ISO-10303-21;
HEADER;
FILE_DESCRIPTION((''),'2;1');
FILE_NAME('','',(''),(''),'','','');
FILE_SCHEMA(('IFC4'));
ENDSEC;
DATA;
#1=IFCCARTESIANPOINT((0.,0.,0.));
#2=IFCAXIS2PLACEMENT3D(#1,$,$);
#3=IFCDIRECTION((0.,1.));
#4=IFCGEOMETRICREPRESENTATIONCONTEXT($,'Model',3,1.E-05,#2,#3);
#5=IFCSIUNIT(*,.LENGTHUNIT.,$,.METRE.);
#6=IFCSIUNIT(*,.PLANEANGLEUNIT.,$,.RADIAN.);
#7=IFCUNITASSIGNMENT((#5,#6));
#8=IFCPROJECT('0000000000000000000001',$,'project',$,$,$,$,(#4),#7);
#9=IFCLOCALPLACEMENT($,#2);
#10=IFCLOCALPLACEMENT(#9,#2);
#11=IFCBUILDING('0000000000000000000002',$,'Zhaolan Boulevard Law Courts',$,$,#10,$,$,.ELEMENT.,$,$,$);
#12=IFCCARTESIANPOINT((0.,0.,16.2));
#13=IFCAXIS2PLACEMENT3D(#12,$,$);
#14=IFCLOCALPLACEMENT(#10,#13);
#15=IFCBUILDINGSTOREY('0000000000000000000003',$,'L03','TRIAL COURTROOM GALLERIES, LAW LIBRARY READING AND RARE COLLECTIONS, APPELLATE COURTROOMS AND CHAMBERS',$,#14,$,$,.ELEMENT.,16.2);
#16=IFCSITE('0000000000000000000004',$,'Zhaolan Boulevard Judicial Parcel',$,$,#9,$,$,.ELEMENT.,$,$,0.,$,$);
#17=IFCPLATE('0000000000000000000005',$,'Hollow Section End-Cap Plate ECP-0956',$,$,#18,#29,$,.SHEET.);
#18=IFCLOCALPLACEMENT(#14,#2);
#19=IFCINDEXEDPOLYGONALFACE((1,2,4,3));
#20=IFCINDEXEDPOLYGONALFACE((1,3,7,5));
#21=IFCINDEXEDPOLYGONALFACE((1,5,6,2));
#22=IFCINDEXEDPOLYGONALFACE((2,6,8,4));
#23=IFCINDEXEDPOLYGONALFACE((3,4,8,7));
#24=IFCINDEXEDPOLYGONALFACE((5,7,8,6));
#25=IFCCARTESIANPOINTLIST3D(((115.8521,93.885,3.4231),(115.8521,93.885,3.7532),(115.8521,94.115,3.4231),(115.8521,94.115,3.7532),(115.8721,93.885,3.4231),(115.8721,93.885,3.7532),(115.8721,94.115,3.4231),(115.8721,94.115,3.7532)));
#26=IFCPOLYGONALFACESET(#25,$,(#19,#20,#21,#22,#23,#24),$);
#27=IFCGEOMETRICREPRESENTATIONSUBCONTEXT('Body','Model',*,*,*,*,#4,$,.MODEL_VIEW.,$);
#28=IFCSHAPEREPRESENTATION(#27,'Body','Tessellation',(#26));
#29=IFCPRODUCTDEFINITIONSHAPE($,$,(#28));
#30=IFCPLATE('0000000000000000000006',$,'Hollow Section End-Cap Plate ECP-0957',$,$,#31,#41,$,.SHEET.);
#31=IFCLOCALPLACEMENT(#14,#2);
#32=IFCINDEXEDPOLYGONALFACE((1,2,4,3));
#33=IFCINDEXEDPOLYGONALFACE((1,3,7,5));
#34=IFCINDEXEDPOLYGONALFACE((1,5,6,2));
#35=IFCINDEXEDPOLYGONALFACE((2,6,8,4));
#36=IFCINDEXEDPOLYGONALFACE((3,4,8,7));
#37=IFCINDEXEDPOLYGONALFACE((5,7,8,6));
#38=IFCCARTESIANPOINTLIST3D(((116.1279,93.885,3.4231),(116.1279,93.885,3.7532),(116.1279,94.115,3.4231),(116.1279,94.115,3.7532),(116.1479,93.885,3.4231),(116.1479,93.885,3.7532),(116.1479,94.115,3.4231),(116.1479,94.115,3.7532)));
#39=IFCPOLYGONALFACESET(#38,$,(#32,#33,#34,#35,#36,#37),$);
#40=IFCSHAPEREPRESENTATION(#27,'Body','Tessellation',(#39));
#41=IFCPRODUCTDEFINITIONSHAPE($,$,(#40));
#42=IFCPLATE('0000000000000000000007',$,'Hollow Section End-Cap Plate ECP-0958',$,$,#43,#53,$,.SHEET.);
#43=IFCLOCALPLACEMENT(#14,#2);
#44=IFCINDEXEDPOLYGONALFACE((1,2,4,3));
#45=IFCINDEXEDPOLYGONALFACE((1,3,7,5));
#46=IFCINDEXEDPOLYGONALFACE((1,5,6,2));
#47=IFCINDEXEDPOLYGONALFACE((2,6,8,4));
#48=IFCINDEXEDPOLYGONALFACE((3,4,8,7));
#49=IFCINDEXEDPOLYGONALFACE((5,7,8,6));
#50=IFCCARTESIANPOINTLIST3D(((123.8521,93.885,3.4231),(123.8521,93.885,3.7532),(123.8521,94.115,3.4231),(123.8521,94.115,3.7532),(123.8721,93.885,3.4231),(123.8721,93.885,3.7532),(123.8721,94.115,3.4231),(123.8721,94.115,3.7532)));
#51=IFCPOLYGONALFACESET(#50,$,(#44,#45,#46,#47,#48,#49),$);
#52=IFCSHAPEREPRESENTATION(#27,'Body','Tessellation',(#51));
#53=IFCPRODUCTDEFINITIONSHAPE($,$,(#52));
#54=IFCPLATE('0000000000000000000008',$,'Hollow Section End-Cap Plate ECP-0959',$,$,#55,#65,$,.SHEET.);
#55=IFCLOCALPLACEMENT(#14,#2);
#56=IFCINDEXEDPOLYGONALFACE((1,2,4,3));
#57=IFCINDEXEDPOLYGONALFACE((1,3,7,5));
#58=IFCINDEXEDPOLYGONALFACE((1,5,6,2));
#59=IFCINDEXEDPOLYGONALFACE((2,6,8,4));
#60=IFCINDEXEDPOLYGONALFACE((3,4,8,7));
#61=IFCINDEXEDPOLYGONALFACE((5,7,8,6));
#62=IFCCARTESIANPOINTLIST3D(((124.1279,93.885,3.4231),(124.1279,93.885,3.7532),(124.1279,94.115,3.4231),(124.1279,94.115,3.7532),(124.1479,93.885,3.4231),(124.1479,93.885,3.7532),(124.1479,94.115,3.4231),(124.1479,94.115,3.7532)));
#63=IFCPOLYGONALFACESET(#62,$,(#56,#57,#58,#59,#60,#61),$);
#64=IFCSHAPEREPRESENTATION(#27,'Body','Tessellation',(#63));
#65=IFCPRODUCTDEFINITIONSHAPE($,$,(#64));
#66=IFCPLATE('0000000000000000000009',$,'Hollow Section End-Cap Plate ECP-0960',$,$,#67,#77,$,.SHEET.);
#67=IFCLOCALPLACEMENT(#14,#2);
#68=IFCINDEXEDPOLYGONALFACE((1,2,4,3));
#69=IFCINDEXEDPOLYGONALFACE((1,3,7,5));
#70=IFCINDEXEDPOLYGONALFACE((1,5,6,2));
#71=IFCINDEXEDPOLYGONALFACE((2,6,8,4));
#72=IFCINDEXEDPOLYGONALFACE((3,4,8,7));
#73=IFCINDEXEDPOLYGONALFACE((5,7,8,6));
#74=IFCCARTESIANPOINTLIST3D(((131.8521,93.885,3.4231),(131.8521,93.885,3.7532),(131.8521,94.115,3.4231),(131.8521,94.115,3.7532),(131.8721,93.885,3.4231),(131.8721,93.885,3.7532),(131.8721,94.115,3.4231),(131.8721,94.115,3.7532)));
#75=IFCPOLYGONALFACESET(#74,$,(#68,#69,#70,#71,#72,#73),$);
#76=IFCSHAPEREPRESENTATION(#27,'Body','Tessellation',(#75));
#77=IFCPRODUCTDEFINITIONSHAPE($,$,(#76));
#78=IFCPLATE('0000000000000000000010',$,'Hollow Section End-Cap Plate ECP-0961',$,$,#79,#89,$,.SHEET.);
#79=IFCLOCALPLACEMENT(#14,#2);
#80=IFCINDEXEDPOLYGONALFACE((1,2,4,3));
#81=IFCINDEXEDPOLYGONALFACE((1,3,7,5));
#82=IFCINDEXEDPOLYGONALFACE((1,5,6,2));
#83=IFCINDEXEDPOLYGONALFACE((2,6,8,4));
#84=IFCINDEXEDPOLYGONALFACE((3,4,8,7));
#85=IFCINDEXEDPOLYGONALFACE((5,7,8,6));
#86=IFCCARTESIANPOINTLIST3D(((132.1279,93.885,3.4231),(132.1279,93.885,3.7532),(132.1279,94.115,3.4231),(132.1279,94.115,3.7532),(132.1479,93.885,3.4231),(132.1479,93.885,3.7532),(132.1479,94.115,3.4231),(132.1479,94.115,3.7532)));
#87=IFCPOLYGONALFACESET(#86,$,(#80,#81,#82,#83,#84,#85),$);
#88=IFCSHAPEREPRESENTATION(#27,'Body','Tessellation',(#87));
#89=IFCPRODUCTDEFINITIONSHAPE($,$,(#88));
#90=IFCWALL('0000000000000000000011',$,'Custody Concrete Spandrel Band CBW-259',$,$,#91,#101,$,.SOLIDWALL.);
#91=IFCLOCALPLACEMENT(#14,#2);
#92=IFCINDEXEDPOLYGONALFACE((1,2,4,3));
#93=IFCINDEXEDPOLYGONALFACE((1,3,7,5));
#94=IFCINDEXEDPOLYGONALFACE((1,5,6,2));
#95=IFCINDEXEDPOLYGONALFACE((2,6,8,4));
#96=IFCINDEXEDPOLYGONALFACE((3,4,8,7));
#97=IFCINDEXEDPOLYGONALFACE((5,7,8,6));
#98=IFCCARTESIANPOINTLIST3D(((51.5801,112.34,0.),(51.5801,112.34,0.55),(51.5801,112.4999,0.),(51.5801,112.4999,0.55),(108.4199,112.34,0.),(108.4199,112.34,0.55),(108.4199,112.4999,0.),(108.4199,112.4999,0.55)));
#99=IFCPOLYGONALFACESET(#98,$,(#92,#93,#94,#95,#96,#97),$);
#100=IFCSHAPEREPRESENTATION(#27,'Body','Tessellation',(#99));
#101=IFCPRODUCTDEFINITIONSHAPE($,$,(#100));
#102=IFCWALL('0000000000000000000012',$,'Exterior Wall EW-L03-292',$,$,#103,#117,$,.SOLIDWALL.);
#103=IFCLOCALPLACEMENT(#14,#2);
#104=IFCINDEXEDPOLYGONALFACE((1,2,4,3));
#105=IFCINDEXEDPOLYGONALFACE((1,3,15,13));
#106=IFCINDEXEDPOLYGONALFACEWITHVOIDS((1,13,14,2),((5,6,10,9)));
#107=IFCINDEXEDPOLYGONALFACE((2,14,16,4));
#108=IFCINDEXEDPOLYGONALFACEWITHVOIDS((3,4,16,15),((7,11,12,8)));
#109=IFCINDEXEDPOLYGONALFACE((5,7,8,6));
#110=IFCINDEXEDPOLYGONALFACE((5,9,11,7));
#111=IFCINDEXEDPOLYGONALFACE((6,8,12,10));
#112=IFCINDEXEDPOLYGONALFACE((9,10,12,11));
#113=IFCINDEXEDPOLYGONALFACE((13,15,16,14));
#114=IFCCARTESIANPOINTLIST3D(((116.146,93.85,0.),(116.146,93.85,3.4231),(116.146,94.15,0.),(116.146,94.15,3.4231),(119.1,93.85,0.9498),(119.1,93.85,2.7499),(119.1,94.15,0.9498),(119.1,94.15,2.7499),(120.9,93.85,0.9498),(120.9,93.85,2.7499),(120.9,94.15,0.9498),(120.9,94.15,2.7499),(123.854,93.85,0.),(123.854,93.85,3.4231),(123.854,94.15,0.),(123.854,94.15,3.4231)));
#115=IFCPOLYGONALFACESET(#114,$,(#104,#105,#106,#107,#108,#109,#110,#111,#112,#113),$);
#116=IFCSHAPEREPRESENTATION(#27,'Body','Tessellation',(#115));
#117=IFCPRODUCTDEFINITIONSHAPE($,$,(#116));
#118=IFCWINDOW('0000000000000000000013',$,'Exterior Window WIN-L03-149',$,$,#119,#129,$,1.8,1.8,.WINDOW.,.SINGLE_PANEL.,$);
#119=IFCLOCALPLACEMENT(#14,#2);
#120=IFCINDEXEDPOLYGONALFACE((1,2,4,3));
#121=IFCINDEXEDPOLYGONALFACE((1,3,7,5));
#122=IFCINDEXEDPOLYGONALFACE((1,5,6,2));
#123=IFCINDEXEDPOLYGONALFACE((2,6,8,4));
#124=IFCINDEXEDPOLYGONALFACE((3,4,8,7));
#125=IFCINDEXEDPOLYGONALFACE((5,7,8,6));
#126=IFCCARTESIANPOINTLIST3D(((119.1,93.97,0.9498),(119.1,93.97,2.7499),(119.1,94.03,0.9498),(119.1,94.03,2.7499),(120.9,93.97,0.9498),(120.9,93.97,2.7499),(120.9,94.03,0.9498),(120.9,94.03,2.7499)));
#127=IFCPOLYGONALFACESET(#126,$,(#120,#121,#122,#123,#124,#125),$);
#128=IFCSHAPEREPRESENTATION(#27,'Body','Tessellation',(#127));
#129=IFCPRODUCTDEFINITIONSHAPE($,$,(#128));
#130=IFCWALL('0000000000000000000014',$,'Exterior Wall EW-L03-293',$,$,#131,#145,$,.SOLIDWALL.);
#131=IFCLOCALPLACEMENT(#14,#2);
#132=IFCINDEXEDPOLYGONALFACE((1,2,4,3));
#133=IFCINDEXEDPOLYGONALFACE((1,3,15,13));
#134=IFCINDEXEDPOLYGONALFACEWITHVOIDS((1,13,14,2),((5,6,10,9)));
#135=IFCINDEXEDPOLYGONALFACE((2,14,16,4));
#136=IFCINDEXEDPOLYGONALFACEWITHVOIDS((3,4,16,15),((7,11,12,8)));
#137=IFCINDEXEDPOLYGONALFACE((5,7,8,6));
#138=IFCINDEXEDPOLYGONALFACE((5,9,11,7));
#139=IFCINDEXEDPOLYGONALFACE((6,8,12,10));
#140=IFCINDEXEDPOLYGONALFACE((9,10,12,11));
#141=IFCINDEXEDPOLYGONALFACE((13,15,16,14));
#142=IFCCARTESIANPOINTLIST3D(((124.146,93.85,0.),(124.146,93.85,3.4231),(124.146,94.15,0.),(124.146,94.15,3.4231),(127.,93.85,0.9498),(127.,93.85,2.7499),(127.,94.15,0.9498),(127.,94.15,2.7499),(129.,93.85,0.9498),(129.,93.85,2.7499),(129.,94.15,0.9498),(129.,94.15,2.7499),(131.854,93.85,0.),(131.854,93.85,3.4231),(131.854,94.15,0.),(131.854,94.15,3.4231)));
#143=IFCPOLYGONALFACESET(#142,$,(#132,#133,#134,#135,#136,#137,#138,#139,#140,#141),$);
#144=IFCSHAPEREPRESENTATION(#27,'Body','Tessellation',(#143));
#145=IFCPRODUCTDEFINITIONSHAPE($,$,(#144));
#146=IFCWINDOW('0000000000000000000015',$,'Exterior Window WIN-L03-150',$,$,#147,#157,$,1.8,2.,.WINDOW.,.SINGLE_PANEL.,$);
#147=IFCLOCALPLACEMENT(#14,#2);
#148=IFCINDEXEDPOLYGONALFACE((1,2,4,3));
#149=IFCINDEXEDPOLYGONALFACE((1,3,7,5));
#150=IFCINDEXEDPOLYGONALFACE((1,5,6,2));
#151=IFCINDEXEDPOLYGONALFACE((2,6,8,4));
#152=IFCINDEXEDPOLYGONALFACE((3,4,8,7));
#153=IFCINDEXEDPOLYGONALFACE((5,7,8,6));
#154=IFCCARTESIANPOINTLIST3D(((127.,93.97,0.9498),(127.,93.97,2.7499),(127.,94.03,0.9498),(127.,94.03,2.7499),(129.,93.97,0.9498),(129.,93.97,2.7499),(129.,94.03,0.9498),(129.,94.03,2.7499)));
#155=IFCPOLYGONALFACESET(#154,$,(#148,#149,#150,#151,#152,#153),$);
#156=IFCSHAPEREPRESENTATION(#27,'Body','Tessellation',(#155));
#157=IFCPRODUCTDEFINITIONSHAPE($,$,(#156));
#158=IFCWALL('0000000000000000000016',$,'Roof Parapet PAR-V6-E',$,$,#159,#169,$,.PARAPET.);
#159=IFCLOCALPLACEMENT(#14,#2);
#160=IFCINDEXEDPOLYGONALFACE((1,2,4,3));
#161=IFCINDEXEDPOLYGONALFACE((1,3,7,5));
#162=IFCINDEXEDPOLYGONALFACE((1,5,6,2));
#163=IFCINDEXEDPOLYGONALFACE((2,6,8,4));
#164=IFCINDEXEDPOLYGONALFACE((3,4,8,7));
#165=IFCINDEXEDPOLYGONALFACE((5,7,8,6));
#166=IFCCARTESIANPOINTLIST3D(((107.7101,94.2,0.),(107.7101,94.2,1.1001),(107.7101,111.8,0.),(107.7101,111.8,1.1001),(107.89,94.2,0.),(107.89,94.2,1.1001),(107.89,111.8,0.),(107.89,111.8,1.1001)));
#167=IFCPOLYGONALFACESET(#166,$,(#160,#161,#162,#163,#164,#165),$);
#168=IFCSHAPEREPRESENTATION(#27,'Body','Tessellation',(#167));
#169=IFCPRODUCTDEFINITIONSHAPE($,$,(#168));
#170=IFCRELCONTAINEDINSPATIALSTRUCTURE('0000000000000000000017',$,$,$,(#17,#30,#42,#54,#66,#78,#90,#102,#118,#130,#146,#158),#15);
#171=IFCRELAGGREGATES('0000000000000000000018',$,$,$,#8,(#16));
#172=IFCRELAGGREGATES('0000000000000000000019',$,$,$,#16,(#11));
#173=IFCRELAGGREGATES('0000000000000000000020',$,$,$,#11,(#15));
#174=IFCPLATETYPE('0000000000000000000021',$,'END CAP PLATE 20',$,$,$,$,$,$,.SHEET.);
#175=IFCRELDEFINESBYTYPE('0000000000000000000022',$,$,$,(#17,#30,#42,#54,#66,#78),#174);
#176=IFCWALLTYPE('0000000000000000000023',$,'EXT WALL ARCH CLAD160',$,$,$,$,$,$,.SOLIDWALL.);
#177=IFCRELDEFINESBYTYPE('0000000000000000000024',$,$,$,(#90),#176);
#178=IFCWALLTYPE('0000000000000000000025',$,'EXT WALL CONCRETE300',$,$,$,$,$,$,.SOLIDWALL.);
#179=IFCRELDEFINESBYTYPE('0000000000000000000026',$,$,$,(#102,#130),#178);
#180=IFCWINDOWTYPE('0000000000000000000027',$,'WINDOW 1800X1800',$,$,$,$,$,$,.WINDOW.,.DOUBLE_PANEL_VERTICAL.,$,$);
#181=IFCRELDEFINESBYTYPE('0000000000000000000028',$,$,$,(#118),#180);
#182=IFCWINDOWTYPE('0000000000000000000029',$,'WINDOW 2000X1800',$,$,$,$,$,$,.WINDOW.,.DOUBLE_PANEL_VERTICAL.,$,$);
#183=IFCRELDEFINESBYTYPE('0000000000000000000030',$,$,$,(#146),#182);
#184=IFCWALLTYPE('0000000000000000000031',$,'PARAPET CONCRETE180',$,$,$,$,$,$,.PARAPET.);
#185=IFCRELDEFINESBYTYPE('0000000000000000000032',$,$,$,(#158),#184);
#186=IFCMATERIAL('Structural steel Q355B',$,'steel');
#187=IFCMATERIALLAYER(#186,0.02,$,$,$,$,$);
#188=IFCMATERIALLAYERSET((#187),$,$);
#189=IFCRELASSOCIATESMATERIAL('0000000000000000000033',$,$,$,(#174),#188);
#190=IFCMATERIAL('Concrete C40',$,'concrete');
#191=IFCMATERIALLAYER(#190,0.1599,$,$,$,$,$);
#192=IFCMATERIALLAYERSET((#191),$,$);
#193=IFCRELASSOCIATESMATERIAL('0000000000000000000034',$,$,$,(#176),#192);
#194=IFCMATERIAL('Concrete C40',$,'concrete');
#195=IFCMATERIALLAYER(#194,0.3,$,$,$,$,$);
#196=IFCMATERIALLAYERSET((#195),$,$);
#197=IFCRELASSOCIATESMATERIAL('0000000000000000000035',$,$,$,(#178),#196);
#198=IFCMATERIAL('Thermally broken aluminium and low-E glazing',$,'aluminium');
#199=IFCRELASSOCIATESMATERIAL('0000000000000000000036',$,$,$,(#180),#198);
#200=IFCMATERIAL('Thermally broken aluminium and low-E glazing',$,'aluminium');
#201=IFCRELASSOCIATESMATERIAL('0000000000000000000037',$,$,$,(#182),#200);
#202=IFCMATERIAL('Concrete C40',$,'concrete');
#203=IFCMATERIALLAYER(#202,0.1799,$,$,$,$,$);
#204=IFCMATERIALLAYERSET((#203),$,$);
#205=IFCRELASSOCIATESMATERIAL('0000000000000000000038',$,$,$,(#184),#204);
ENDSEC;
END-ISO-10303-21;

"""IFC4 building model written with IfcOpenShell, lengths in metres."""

from ifc_helpers import new_model, si_unit, direction, frame, frame_2d, origin, origin_2d, place, context, subcontext, project, spatial, rectangle, extrude, material, layer, layer_set, type_object, element, fill, save


model = new_model("IFC4")

# Units and contexts
model_context = context("Model", 3, precision=1e-05, world=origin(), true_north=direction((0.0, 1.0)))
body_context = subcontext(model_context, "Body", "Model", "MODEL_VIEW")
ifc_project = project(units=[si_unit("LENGTHUNIT", "METRE"), si_unit("PLANEANGLEUNIT", "RADIAN")], contexts=[model_context])

# Site, building, storey
site_placement = place(None, origin())
site = spatial("IfcSite", under=ifc_project, at=site_placement, Name="Zhaolan Boulevard Judicial Parcel", CompositionType="ELEMENT", RefElevation=0.0)
building_placement = place(site_placement, origin())
building = spatial("IfcBuilding", under=site, at=building_placement, Name="Zhaolan Boulevard Law Courts", CompositionType="ELEMENT")
storey_placement = place(building_placement, frame((0.0, 0.0, 16.2)))
storey = spatial("IfcBuildingStorey", under=building, at=storey_placement, Name="L03", Description="TRIAL COURTROOM GALLERIES, LAW LIBRARY READING AND RARE COLLECTIONS, APPELLATE COURTROOMS AND CHAMBERS", CompositionType="ELEMENT", Elevation=16.2)

# Plates
ifc_material_1 = material(Name="Structural steel Q355B", Category="steel")
ifc_layer_1 = layer(ifc_material_1, 0.02)
ifc_layer_set_1 = layer_set([ifc_layer_1])
plate_type = type_object("IfcPlateType", Name="END CAP PLATE 20", PredefinedType="SHEET", material=ifc_layer_set_1)
for number, where, z_axis, x_axis, name in (
    (1, (115.8621, 94.0, 3.4231), (0.0, 0.0, 1.0), (1.0, 0.0, 0.0), "Hollow Section End-Cap Plate ECP-0956"),
    (2, (116.1379, 94.0, 3.4231), (0.0, 0.0, 1.0), (1.0, 0.0, 0.0), "Hollow Section End-Cap Plate ECP-0957"),
    (3, (123.8621, 94.0, 3.4231), (0.0, 0.0, 1.0), (1.0, 0.0, 0.0), "Hollow Section End-Cap Plate ECP-0958"),
    (4, (124.1379, 94.0, 3.4231), (0.0, 0.0, 1.0), (1.0, 0.0, 0.0), "Hollow Section End-Cap Plate ECP-0959"),
    (5, (131.8621, 94.0, 3.4231), (0.0, 0.0, 1.0), (1.0, 0.0, 0.0), "Hollow Section End-Cap Plate ECP-0960"),
    (6, (132.1379, 94.0, 3.4231), (0.0, 0.0, 1.0), (1.0, 0.0, 0.0), "Hollow Section End-Cap Plate ECP-0961"),
):
    element("IfcPlate", number, at=place(storey_placement, frame(where, z_axis=z_axis, x_axis=x_axis)), inside=storey, type_object=plate_type, Name=name, PredefinedType="SHEET", context=body_context, shape_type="SweptSolid", body=[
        extrude(rectangle(XDim=0.02, YDim=0.23, at=origin_2d()), origin(), (0.0, 0.0, 1.0), 0.3301),
    ])

# Wall
ifc_material_2 = material(Name="Concrete C40", Category="concrete")
ifc_layer_2 = layer(ifc_material_2, 0.1599)
ifc_layer_set_2 = layer_set([ifc_layer_2])
wall_type_1 = type_object("IfcWallType", Name="EXT WALL ARCH CLAD160", PredefinedType="SOLIDWALL", material=ifc_layer_set_2)
wall_1_placement = place(storey_placement, frame((108.4199, 112.4199, 0.0), z_axis=(0.0, 0.0, 1.0), x_axis=(-1.0, 0.0, 0.0)))
element("IfcWall", 7, at=wall_1_placement, inside=storey, type_object=wall_type_1, Name="Custody Concrete Spandrel Band CBW-259", PredefinedType="SOLIDWALL", context=body_context, shape_type="SweptSolid", body=[
    extrude(rectangle(XDim=56.8398, YDim=0.1599, at=frame_2d((28.4199, 0.0))), origin(), (0.0, 0.0, 1.0), 0.55),
])

# Walls, openings, windows
ifc_material_3 = material(Name="Concrete C40", Category="concrete")
ifc_layer_3 = layer(ifc_material_3, 0.3)
ifc_layer_set_3 = layer_set([ifc_layer_3])
wall_type_2 = type_object("IfcWallType", Name="EXT WALL CONCRETE300", PredefinedType="SOLIDWALL", material=ifc_layer_set_3)
wall_2_placement = place(storey_placement, frame((123.854, 94.0, 0.0), z_axis=(0.0, 0.0, 1.0), x_axis=(-1.0, 0.0, 0.0)))
wall_2 = element("IfcWall", 8, at=wall_2_placement, inside=storey, type_object=wall_type_2, Name="Exterior Wall EW-L03-292", PredefinedType="SOLIDWALL", context=body_context, shape_type="SweptSolid", body=[
    extrude(rectangle(XDim=7.708, YDim=0.3, at=frame_2d((3.854, 0.0))), origin(), (0.0, 0.0, 1.0), 3.4231),
])
opening_1_placement = place(wall_2_placement, frame((2.9541, 0.0, 0.95)))
opening_1 = element("IfcOpeningElement", 9, at=opening_1_placement, cuts=wall_2, PredefinedType="OPENING", context=body_context, shape_type="SweptSolid", body=[
    extrude(rectangle(XDim=1.8, YDim=1.8, at=frame_2d((0.8999, 0.8999))), frame((0.0, 0.1599, 0.0), z_axis=(0.0, -1.0, 0.0), x_axis=(1.0, 0.0, 0.0)), (0.0, 0.0, 1.0), 0.3201),
])
ifc_material_4 = material(Name="Thermally broken aluminium and low-E glazing", Category="aluminium")
window_type_1 = type_object("IfcWindowType", Name="WINDOW 1800X1800", PartitioningType="DOUBLE_PANEL_VERTICAL", PredefinedType="WINDOW", material=ifc_material_4)
window_1_placement = place(opening_1_placement, origin())
window_1 = element("IfcWindow", 10, at=window_1_placement, inside=storey, type_object=window_type_1, Name="Exterior Window WIN-L03-149", OverallHeight=1.8, OverallWidth=1.8, PartitioningType="SINGLE_PANEL", PredefinedType="WINDOW", context=body_context, shape_type="SweptSolid", body=[
    extrude(rectangle(XDim=1.8, YDim=1.8, at=frame_2d((0.8999, 0.8999))), frame((0.0, 0.03, 0.0), z_axis=(0.0, -1.0, 0.0), x_axis=(1.0, 0.0, 0.0)), (0.0, 0.0, 1.0), 0.0601),
])
fill(opening_1, window_1)
wall_3_placement = place(storey_placement, frame((131.854, 94.0, 0.0), z_axis=(0.0, 0.0, 1.0), x_axis=(-1.0, 0.0, 0.0)))
wall_3 = element("IfcWall", 11, at=wall_3_placement, inside=storey, type_object=wall_type_2, Name="Exterior Wall EW-L03-293", PredefinedType="SOLIDWALL", context=body_context, shape_type="SweptSolid", body=[
    extrude(rectangle(XDim=7.708, YDim=0.3, at=frame_2d((3.854, 0.0))), origin(), (0.0, 0.0, 1.0), 3.4231),
])
opening_2_placement = place(wall_3_placement, frame((2.854, 0.0, 0.95)))
opening_2 = element("IfcOpeningElement", 12, at=opening_2_placement, cuts=wall_3, PredefinedType="OPENING", context=body_context, shape_type="SweptSolid", body=[
    extrude(rectangle(XDim=2.0, YDim=1.8, at=frame_2d((1.0, 0.8999))), frame((0.0, 0.1599, 0.0), z_axis=(0.0, -1.0, 0.0), x_axis=(1.0, 0.0, 0.0)), (0.0, 0.0, 1.0), 0.3201),
])
ifc_material_5 = material(Name="Thermally broken aluminium and low-E glazing", Category="aluminium")
window_type_2 = type_object("IfcWindowType", Name="WINDOW 2000X1800", PartitioningType="DOUBLE_PANEL_VERTICAL", PredefinedType="WINDOW", material=ifc_material_5)
window_2_placement = place(opening_2_placement, origin())
window_2 = element("IfcWindow", 13, at=window_2_placement, inside=storey, type_object=window_type_2, Name="Exterior Window WIN-L03-150", OverallHeight=1.8, OverallWidth=2.0, PartitioningType="SINGLE_PANEL", PredefinedType="WINDOW", context=body_context, shape_type="SweptSolid", body=[
    extrude(rectangle(XDim=2.0, YDim=1.8, at=frame_2d((1.0, 0.8999))), frame((0.0, 0.03, 0.0), z_axis=(0.0, -1.0, 0.0), x_axis=(1.0, 0.0, 0.0)), (0.0, 0.0, 1.0), 0.0601),
])
fill(opening_2, window_2)

# Wall
ifc_material_6 = material(Name="Concrete C40", Category="concrete")
ifc_layer_4 = layer(ifc_material_6, 0.1799)
ifc_layer_set_4 = layer_set([ifc_layer_4])
wall_type_3 = type_object("IfcWallType", Name="PARAPET CONCRETE180", PredefinedType="PARAPET", material=ifc_layer_set_4)
wall_4_placement = place(storey_placement, frame((107.8, 94.2, 0.0), z_axis=(0.0, 0.0, 1.0), x_axis=(0.0, 1.0, 0.0)))
element("IfcWall", 14, at=wall_4_placement, inside=storey, type_object=wall_type_3, Name="Roof Parapet PAR-V6-E", PredefinedType="PARAPET", context=body_context, shape_type="SweptSolid", body=[
    extrude(rectangle(XDim=17.6001, YDim=0.1799, at=frame_2d((8.8, 0.0))), origin(), (0.0, 0.0, 1.0), 1.1001),
])

save(model, "model.ifc")
